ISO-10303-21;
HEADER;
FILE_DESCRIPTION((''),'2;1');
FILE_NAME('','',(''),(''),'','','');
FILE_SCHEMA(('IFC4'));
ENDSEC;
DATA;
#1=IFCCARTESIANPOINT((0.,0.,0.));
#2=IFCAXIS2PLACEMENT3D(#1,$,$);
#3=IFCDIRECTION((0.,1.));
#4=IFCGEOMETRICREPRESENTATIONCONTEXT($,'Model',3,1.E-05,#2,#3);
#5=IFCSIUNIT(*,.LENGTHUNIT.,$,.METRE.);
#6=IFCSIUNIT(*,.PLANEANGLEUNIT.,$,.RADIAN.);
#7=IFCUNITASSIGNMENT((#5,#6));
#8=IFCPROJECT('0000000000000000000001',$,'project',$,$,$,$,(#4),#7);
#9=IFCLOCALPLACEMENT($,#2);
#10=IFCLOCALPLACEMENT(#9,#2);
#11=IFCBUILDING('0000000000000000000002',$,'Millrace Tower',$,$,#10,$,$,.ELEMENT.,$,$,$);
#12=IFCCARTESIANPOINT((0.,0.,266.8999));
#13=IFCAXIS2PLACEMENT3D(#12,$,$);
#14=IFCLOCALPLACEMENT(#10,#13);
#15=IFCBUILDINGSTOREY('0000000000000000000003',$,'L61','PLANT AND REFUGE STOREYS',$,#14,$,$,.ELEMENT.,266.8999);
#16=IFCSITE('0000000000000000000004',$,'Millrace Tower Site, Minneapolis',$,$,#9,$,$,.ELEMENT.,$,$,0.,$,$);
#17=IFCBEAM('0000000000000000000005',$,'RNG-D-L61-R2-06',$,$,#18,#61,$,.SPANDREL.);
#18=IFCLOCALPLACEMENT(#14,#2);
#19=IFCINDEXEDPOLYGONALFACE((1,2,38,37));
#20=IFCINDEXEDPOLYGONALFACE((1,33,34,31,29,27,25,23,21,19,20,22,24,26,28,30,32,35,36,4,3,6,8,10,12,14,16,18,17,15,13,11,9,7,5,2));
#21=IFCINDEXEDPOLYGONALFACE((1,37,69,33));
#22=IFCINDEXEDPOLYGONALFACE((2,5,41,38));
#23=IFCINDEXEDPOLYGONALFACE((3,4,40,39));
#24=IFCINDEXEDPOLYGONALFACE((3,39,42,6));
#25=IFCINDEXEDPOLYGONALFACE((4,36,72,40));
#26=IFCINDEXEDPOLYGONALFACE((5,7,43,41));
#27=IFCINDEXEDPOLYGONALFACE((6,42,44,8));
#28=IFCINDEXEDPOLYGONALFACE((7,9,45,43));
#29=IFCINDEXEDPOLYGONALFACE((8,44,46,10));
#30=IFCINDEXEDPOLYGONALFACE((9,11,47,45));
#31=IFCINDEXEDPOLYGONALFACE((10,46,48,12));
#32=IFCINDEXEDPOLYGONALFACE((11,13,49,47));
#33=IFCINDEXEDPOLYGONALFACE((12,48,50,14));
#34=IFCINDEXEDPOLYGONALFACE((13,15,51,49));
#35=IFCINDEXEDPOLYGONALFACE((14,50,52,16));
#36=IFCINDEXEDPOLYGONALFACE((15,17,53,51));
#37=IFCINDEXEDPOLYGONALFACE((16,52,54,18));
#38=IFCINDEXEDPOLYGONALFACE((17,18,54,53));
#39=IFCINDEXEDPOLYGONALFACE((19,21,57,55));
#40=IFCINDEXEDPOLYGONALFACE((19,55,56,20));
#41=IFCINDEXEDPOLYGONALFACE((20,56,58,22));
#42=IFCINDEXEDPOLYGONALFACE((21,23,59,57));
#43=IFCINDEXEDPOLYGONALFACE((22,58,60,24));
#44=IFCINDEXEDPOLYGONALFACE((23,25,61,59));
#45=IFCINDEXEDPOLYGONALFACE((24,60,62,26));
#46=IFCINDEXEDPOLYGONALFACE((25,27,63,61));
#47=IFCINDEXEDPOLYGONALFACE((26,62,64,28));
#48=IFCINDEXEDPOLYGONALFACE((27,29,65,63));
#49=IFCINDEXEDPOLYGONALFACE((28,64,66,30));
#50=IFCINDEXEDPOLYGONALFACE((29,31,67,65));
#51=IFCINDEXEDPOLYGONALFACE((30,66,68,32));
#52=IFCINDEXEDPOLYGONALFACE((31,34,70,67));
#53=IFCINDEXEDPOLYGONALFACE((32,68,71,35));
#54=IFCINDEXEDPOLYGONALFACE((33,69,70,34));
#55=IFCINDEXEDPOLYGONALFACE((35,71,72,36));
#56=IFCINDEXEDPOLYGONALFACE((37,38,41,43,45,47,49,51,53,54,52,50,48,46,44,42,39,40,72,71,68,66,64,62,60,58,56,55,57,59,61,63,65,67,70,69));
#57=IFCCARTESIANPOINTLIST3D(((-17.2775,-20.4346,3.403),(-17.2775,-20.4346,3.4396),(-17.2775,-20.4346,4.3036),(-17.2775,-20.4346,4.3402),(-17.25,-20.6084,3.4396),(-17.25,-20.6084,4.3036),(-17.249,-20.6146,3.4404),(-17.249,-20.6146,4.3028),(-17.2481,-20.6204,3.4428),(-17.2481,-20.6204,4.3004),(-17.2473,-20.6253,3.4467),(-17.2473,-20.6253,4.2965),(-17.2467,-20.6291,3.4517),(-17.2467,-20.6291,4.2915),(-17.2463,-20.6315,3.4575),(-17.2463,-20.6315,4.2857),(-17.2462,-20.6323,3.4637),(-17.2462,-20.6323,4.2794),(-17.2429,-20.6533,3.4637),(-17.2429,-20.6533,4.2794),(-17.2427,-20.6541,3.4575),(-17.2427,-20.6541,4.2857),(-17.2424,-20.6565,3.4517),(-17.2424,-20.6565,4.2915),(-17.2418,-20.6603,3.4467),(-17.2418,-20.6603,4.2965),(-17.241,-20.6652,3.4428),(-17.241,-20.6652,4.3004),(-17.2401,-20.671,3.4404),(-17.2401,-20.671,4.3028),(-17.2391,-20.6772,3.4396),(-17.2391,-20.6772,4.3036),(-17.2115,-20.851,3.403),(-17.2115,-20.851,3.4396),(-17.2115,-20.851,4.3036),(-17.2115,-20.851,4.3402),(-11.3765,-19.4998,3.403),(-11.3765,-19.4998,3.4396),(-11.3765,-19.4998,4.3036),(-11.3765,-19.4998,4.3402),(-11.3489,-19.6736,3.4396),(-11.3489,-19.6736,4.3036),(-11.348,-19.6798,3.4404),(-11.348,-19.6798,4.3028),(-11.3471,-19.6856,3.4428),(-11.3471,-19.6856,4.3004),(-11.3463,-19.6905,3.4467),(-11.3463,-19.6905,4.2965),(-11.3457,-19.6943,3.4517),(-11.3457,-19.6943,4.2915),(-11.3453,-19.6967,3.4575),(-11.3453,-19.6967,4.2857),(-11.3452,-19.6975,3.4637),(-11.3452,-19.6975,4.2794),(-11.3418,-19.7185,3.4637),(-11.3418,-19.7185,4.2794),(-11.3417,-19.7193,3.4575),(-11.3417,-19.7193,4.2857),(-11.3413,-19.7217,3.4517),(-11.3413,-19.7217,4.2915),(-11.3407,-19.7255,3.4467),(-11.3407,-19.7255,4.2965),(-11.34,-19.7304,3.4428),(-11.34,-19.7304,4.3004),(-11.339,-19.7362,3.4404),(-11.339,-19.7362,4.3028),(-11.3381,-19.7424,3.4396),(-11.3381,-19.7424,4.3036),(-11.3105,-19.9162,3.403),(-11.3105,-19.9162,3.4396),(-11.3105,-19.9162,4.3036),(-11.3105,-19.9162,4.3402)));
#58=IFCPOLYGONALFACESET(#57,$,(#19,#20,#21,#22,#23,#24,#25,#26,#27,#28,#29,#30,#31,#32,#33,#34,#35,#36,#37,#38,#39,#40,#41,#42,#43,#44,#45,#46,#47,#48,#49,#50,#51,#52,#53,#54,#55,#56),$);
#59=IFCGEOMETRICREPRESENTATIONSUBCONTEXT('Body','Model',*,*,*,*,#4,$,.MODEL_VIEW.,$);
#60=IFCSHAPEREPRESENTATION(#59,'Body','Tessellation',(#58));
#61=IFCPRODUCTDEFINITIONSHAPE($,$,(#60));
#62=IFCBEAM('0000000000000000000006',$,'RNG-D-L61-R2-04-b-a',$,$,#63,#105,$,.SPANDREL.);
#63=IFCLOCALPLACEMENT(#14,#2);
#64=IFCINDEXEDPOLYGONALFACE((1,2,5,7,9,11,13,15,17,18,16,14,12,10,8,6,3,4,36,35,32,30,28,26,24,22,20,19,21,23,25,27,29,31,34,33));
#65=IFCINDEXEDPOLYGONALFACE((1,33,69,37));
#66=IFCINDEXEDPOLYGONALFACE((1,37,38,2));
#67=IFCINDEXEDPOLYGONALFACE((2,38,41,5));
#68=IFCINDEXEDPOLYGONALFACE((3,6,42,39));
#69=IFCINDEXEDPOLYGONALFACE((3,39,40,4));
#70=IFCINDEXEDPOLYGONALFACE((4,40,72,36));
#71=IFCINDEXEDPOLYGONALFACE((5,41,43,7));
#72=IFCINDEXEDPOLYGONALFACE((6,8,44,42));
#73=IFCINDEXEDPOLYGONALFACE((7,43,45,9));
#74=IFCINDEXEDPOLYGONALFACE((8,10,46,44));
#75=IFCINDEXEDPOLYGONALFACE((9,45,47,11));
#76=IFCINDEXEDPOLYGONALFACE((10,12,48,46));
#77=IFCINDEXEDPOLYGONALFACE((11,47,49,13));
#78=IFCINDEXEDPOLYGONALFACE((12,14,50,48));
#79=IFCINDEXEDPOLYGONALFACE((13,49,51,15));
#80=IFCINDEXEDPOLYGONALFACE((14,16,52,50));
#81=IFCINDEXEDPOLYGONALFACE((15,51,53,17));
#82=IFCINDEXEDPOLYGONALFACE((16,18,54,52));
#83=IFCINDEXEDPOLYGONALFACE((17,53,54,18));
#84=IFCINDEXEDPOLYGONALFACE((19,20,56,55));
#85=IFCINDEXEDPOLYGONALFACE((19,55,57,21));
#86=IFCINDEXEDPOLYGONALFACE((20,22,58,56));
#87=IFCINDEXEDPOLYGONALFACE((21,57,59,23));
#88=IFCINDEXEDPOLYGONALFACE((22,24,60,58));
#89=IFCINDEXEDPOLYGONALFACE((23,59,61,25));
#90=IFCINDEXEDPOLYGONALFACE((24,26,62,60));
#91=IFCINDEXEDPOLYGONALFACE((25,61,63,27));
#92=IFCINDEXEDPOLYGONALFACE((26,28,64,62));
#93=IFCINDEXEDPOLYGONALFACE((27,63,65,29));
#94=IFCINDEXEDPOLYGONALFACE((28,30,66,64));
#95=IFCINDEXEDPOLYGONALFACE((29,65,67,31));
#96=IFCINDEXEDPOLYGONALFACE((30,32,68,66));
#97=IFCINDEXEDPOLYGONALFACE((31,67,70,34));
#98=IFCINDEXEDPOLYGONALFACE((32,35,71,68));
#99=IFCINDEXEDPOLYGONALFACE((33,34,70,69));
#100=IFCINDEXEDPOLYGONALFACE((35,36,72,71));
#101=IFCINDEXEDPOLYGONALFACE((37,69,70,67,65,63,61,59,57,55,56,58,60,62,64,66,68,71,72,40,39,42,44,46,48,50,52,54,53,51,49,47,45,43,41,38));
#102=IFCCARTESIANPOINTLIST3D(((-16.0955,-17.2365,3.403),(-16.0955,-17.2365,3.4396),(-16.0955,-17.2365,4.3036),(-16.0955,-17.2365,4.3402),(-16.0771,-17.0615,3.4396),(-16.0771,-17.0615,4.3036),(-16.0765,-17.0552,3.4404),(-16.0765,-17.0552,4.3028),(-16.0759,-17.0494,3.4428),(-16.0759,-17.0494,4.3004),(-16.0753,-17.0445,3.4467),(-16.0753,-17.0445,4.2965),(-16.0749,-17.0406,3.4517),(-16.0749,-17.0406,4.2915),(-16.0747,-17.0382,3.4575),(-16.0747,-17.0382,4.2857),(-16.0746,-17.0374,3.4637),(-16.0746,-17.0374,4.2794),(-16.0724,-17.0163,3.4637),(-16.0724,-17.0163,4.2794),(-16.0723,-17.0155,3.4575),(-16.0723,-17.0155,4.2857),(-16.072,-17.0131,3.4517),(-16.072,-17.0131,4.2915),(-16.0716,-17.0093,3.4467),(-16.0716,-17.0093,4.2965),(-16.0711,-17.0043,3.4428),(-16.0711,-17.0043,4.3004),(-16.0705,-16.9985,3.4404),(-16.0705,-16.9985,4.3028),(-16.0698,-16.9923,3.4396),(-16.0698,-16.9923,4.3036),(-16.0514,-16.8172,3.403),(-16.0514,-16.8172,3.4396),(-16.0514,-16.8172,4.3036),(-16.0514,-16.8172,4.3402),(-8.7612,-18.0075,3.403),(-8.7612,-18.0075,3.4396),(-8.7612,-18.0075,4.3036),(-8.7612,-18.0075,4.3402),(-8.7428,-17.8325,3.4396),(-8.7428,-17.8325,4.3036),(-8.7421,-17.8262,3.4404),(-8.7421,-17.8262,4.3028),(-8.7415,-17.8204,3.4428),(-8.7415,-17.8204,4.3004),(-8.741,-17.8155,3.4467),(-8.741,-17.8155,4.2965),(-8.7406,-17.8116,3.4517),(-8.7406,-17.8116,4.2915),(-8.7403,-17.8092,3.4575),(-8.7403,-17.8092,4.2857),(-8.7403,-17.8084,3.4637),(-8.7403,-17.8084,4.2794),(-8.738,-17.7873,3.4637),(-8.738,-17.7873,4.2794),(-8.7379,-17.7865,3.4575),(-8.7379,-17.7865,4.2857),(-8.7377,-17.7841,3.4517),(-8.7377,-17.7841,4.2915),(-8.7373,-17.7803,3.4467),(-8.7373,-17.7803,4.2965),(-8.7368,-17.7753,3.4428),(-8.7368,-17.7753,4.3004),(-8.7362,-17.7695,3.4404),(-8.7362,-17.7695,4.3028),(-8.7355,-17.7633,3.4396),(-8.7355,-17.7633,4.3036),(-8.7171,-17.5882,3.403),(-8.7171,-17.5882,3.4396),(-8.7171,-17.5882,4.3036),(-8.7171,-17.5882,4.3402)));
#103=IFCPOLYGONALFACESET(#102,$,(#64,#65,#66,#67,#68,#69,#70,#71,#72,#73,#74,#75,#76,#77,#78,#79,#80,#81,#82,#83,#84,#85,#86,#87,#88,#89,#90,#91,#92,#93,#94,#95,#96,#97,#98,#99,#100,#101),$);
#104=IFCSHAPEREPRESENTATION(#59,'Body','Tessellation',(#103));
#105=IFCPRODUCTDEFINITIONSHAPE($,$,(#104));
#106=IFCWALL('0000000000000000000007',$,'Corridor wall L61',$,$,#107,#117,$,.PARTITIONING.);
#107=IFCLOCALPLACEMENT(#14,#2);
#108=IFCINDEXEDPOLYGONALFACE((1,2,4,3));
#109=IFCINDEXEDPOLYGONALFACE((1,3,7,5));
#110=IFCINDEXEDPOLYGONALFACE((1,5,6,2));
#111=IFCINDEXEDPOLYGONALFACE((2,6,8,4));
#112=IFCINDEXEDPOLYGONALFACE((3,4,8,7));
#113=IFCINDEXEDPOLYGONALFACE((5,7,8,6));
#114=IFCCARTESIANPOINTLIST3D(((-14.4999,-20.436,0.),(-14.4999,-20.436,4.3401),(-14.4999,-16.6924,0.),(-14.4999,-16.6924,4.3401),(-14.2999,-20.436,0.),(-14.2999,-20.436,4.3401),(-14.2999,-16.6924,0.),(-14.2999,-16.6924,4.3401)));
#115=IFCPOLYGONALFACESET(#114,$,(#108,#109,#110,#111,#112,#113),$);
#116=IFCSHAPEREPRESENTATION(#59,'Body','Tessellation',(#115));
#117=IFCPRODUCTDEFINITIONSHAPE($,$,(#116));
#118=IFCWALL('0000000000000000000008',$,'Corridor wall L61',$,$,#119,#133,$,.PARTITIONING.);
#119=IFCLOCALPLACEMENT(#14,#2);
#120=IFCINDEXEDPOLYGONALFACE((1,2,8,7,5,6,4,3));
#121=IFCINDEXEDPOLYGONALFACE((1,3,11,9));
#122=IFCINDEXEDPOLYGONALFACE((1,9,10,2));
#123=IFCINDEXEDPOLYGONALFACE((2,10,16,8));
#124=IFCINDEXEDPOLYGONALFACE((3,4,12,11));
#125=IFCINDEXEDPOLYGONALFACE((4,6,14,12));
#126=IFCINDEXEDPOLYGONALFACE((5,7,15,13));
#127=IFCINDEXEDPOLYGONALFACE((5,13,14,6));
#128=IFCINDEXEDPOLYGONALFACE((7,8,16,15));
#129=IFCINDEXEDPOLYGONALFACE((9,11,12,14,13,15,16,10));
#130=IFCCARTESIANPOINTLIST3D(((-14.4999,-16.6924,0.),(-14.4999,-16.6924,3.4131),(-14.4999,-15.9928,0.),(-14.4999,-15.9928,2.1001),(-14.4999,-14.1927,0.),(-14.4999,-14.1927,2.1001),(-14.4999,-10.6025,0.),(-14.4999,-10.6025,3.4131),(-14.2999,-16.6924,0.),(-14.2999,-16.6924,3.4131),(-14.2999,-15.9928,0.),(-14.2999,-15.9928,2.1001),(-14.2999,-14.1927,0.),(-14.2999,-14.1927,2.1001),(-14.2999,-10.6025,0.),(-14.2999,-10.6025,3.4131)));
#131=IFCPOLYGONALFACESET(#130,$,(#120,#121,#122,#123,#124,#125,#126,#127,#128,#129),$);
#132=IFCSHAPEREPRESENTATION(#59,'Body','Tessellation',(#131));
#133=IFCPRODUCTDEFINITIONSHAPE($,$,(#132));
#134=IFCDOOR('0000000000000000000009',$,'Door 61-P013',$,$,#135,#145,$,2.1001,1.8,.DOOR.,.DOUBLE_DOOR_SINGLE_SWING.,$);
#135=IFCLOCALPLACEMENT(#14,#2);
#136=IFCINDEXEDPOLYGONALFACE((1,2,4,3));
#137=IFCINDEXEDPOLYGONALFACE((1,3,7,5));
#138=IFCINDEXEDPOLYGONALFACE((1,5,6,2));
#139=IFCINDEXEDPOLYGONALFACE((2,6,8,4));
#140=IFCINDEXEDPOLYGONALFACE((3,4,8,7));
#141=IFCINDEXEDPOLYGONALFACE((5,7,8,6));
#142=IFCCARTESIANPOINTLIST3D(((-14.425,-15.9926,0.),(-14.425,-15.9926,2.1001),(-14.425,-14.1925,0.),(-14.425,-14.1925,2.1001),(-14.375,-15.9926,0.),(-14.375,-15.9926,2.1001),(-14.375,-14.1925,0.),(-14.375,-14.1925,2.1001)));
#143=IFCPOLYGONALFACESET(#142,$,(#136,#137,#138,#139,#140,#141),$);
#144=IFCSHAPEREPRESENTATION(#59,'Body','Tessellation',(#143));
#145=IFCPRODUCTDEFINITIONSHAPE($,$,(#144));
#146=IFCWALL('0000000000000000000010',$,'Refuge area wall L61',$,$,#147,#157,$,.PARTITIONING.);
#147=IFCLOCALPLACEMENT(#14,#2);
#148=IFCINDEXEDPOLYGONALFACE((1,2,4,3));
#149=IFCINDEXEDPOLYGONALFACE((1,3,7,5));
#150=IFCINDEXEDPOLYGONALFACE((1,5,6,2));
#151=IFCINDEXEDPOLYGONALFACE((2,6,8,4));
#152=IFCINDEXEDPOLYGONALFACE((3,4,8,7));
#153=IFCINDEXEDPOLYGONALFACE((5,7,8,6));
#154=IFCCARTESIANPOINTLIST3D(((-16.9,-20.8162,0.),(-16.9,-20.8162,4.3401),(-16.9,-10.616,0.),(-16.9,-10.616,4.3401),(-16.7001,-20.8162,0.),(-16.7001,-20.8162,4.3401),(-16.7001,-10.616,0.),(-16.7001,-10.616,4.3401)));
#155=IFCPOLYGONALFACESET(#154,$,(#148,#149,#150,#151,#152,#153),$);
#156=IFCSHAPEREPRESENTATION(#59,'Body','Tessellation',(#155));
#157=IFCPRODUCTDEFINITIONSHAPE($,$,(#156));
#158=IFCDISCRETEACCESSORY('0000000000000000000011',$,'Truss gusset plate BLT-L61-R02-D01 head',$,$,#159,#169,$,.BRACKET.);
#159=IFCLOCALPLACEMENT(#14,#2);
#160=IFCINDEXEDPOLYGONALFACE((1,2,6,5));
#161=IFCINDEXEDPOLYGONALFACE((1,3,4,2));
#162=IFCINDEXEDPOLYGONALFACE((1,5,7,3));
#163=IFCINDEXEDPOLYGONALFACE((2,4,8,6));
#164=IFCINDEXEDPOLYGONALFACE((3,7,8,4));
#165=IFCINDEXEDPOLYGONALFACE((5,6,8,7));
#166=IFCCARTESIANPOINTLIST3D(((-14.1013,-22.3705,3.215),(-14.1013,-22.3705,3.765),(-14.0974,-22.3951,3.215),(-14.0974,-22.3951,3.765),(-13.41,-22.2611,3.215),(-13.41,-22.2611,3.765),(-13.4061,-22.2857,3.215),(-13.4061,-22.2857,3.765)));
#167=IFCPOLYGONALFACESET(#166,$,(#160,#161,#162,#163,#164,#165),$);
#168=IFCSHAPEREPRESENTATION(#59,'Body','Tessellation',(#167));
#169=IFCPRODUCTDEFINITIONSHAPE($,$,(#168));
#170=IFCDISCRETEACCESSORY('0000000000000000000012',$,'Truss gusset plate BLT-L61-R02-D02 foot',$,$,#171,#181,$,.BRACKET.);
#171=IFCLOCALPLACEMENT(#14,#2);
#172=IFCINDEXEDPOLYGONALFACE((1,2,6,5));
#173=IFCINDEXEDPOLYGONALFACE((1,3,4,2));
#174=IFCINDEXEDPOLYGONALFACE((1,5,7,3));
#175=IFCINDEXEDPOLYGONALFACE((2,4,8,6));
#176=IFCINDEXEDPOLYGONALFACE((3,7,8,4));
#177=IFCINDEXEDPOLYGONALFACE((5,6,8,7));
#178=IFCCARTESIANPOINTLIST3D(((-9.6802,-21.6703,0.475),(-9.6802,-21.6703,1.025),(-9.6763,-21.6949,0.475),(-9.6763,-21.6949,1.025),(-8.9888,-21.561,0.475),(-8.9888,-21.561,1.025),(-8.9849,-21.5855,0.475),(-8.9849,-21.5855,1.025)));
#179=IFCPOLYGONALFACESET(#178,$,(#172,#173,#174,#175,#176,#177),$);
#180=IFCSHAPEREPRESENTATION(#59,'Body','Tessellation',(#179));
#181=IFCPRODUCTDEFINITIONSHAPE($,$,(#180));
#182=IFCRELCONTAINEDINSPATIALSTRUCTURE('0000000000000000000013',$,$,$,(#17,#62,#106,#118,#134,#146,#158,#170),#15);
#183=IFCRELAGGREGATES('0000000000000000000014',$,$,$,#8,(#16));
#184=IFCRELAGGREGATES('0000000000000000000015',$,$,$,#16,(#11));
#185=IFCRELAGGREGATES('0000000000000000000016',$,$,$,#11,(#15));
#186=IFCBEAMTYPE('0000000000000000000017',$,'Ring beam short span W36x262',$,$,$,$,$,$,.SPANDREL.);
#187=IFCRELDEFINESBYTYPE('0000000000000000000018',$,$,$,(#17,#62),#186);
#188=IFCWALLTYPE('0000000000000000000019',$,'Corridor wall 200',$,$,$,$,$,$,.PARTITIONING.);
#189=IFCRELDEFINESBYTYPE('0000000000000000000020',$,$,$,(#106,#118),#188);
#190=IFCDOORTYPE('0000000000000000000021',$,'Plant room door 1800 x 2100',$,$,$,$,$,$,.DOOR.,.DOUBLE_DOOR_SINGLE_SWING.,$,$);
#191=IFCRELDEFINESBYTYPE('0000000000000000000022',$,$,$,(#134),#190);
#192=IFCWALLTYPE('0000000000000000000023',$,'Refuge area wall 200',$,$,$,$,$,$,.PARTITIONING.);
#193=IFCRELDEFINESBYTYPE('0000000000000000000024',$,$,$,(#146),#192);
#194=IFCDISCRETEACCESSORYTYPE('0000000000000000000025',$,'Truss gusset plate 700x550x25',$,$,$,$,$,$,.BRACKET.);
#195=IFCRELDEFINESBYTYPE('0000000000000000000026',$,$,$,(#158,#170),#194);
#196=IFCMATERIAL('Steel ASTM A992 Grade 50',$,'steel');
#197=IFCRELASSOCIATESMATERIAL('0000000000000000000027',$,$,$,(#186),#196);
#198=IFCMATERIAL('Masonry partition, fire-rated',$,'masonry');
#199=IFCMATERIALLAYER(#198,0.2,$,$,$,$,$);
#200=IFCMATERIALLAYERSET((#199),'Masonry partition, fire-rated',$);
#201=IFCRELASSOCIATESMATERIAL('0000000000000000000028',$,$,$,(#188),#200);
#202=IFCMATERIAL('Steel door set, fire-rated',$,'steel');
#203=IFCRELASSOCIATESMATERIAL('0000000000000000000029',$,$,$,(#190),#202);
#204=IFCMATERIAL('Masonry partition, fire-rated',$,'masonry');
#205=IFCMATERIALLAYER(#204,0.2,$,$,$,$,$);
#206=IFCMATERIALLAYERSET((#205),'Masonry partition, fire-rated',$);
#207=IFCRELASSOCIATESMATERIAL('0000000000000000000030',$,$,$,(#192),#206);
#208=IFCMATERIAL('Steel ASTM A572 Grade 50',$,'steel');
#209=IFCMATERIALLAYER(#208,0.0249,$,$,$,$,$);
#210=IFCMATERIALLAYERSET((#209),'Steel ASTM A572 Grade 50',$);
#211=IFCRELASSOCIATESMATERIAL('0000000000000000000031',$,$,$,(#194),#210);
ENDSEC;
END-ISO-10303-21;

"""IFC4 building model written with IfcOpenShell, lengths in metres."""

from ifc_helpers import new_model, si_unit, direction, frame, frame_2d, origin, origin_2d, place, context, subcontext, project, spatial, rectangle, i_section, extrude, material, layer, layer_set, material_profile, profile_set, type_object, element, fill, save


model = new_model("IFC4")

# Units and contexts
model_context = context("Model", 3, precision=1e-05, world=origin(), true_north=direction((0.0, 1.0)))
body_context = subcontext(model_context, "Body", "Model", "MODEL_VIEW")
ifc_project = project(units=[si_unit("LENGTHUNIT", "METRE"), si_unit("PLANEANGLEUNIT", "RADIAN")], contexts=[model_context])

# Site, building, storey
site_placement = place(None, origin())
site = spatial("IfcSite", under=ifc_project, at=site_placement, Name="Millrace Tower Site, Minneapolis", CompositionType="ELEMENT", RefElevation=0.0)
building_placement = place(site_placement, origin())
building = spatial("IfcBuilding", under=site, at=building_placement, Name="Millrace Tower", CompositionType="ELEMENT")
storey_placement = place(building_placement, frame((0.0, 0.0, 266.8999)))
storey = spatial("IfcBuildingStorey", under=building, at=storey_placement, Name="L61", Description="PLANT AND REFUGE STOREYS", CompositionType="ELEMENT", Elevation=266.8999)

# Beams
ifc_material_1 = material(Name="Steel ASTM A992 Grade 50", Category="steel")
ifc_material_profile_1 = material_profile(ifc_material_1, i_section(OverallWidth=0.4216, OverallDepth=0.9373, WebThickness=0.0212, FlangeThickness=0.0366, FilletRadius=0.0242, at=origin_2d()))
ifc_profile_set_1 = profile_set([ifc_material_profile_1], Name="Steel ASTM A992 Grade 50")
beam_type_1 = type_object("IfcBeamType", Name="Ring beam short span W36x262", PredefinedType="SPANDREL", material=ifc_profile_set_1)
beam_1_placement = place(storey_placement, frame((-11.3435, -19.708, 3.8716), z_axis=(-0.987684, -0.156462, 0.0), x_axis=(0.156462, -0.987684, 0.0)))
element("IfcBeam", 1, at=beam_1_placement, inside=storey, type_object=beam_type_1, Name="RNG-D-L61-R2-06", PredefinedType="SPANDREL", context=body_context, shape_type="SweptSolid", body=[
    extrude(i_section(OverallWidth=0.4216, OverallDepth=0.9373, WebThickness=0.0212, FlangeThickness=0.0366, FilletRadius=0.0242, at=origin_2d()), origin(), (0.0, 0.0, 1.0), 5.9746),
])
beam_2_placement = place(storey_placement, frame((-16.0735, -17.0269, 3.8716), z_axis=(0.99452, -0.104547, 0.0), x_axis=(0.104547, 0.99452, 0.0)))
element("IfcBeam", 2, at=beam_2_placement, inside=storey, type_object=beam_type_1, Name="RNG-D-L61-R2-04-b-a", PredefinedType="SPANDREL", context=body_context, shape_type="SweptSolid", body=[
    extrude(i_section(OverallWidth=0.4216, OverallDepth=0.9373, WebThickness=0.0212, FlangeThickness=0.0366, FilletRadius=0.0242, at=origin_2d()), origin(), (0.0, 0.0, 1.0), 7.3748),
])

# Wall
ifc_material_2 = material(Name="Masonry partition, fire-rated", Category="masonry")
ifc_layer_1 = layer(ifc_material_2, 0.2)
ifc_layer_set_1 = layer_set([ifc_layer_1], Name="Masonry partition, fire-rated")
wall_type_1 = type_object("IfcWallType", Name="Corridor wall 200", PredefinedType="PARTITIONING", material=ifc_layer_set_1)
wall_1_placement = place(storey_placement, frame((-14.3999, -20.436, 0.0), z_axis=(0.0, 0.0, 1.0), x_axis=(0.0, 1.0, 0.0)))
element("IfcWall", 3, at=wall_1_placement, inside=storey, type_object=wall_type_1, Name="Corridor wall L61", PredefinedType="PARTITIONING", context=body_context, shape_type="SweptSolid", body=[
    extrude(rectangle(XDim=3.7437, YDim=0.2, at=frame_2d((1.8718, 0.0))), origin(), (0.0, 0.0, 1.0), 4.3401),
])

# Wall, opening, door
wall_2_placement = place(storey_placement, frame((-14.3999, -16.6924, 0.0), z_axis=(0.0, 0.0, 1.0), x_axis=(0.0, 1.0, 0.0)))
wall_2 = element("IfcWall", 4, at=wall_2_placement, inside=storey, type_object=wall_type_1, Name="Corridor wall L61", PredefinedType="PARTITIONING", context=body_context, shape_type="SweptSolid", body=[
    extrude(rectangle(XDim=6.0898, YDim=0.2, at=frame_2d((3.0449, 0.0))), origin(), (0.0, 0.0, 1.0), 3.4131),
])
opening_placement = place(wall_2_placement, frame((0.6997, 0.0, 0.0)))
opening = element("IfcOpeningElement", 5, at=opening_placement, cuts=wall_2, PredefinedType="OPENING", context=body_context, shape_type="SweptSolid", body=[
    extrude(rectangle(XDim=1.8, YDim=2.1001, at=frame_2d((0.8999, 1.05))), frame((0.0, 0.1099, 0.0), z_axis=(0.0, -1.0, 0.0), x_axis=(1.0, 0.0, 0.0)), (0.0, 0.0, 1.0), 0.22),
])
ifc_material_3 = material(Name="Steel door set, fire-rated", Category="steel")
door_type = type_object("IfcDoorType", Name="Plant room door 1800 x 2100", OperationType="DOUBLE_DOOR_SINGLE_SWING", PredefinedType="DOOR", material=ifc_material_3)
door_placement = place(opening_placement, frame((1.8, 0.0, 0.0), z_axis=(0.0, 0.0, 1.0), x_axis=(-1.0, 0.0, 0.0)))
door = element("IfcDoor", 6, at=door_placement, inside=storey, type_object=door_type, Name="Door 61-P013", OperationType="DOUBLE_DOOR_SINGLE_SWING", OverallHeight=2.1001, OverallWidth=1.8, PredefinedType="DOOR", context=body_context, shape_type="SweptSolid", body=[
    extrude(rectangle(XDim=1.8, YDim=2.1001, at=frame_2d((0.8999, 1.05))), frame((0.0, 0.0249, 0.0), z_axis=(0.0, -1.0, 0.0), x_axis=(1.0, 0.0, 0.0)), (0.0, 0.0, 1.0), 0.05),
])
fill(opening, door)

# Wall
ifc_material_4 = material(Name="Masonry partition, fire-rated", Category="masonry")
ifc_layer_2 = layer(ifc_material_4, 0.2)
ifc_layer_set_2 = layer_set([ifc_layer_2], Name="Masonry partition, fire-rated")
wall_type_2 = type_object("IfcWallType", Name="Refuge area wall 200", PredefinedType="PARTITIONING", material=ifc_layer_set_2)
wall_3_placement = place(storey_placement, frame((-16.8, -20.8162, 0.0), z_axis=(0.0, 0.0, 1.0), x_axis=(0.0, 1.0, 0.0)))
element("IfcWall", 7, at=wall_3_placement, inside=storey, type_object=wall_type_2, Name="Refuge area wall L61", PredefinedType="PARTITIONING", context=body_context, shape_type="SweptSolid", body=[
    extrude(rectangle(XDim=10.2002, YDim=0.2, at=frame_2d((5.1001, 0.0))), origin(), (0.0, 0.0, 1.0), 4.3401),
])

# Discrete accessories
ifc_material_5 = material(Name="Steel ASTM A572 Grade 50", Category="steel")
ifc_layer_3 = layer(ifc_material_5, 0.0249)
ifc_layer_set_3 = layer_set([ifc_layer_3], Name="Steel ASTM A572 Grade 50")
discrete_accessory_type = type_object("IfcDiscreteAccessoryType", Name="Truss gusset plate 700x550x25", PredefinedType="BRACKET", material=ifc_layer_set_3)
for number, where, z_axis, x_axis, name in (
    (8, (-14.0994, -22.3828, 3.49), (0.987718, 0.156249, 0.0), (-0.156249, 0.987718, 0.0), "Truss gusset plate BLT-L61-R02-D01 head"),
    (9, (-9.6782, -21.6826, 0.75), (0.987718, 0.156249, 0.0), (-0.156249, 0.987718, 0.0), "Truss gusset plate BLT-L61-R02-D02 foot"),
):
    element("IfcDiscreteAccessory", number, at=place(storey_placement, frame(where, z_axis=z_axis, x_axis=x_axis)), inside=storey, type_object=discrete_accessory_type, Name=name, PredefinedType="BRACKET", context=body_context, shape_type="SweptSolid", body=[
        extrude(rectangle(XDim=0.0249, YDim=0.55, at=origin_2d()), origin(), (0.0, 0.0, 1.0), 0.7),
    ])

save(model, "model.ifc")
